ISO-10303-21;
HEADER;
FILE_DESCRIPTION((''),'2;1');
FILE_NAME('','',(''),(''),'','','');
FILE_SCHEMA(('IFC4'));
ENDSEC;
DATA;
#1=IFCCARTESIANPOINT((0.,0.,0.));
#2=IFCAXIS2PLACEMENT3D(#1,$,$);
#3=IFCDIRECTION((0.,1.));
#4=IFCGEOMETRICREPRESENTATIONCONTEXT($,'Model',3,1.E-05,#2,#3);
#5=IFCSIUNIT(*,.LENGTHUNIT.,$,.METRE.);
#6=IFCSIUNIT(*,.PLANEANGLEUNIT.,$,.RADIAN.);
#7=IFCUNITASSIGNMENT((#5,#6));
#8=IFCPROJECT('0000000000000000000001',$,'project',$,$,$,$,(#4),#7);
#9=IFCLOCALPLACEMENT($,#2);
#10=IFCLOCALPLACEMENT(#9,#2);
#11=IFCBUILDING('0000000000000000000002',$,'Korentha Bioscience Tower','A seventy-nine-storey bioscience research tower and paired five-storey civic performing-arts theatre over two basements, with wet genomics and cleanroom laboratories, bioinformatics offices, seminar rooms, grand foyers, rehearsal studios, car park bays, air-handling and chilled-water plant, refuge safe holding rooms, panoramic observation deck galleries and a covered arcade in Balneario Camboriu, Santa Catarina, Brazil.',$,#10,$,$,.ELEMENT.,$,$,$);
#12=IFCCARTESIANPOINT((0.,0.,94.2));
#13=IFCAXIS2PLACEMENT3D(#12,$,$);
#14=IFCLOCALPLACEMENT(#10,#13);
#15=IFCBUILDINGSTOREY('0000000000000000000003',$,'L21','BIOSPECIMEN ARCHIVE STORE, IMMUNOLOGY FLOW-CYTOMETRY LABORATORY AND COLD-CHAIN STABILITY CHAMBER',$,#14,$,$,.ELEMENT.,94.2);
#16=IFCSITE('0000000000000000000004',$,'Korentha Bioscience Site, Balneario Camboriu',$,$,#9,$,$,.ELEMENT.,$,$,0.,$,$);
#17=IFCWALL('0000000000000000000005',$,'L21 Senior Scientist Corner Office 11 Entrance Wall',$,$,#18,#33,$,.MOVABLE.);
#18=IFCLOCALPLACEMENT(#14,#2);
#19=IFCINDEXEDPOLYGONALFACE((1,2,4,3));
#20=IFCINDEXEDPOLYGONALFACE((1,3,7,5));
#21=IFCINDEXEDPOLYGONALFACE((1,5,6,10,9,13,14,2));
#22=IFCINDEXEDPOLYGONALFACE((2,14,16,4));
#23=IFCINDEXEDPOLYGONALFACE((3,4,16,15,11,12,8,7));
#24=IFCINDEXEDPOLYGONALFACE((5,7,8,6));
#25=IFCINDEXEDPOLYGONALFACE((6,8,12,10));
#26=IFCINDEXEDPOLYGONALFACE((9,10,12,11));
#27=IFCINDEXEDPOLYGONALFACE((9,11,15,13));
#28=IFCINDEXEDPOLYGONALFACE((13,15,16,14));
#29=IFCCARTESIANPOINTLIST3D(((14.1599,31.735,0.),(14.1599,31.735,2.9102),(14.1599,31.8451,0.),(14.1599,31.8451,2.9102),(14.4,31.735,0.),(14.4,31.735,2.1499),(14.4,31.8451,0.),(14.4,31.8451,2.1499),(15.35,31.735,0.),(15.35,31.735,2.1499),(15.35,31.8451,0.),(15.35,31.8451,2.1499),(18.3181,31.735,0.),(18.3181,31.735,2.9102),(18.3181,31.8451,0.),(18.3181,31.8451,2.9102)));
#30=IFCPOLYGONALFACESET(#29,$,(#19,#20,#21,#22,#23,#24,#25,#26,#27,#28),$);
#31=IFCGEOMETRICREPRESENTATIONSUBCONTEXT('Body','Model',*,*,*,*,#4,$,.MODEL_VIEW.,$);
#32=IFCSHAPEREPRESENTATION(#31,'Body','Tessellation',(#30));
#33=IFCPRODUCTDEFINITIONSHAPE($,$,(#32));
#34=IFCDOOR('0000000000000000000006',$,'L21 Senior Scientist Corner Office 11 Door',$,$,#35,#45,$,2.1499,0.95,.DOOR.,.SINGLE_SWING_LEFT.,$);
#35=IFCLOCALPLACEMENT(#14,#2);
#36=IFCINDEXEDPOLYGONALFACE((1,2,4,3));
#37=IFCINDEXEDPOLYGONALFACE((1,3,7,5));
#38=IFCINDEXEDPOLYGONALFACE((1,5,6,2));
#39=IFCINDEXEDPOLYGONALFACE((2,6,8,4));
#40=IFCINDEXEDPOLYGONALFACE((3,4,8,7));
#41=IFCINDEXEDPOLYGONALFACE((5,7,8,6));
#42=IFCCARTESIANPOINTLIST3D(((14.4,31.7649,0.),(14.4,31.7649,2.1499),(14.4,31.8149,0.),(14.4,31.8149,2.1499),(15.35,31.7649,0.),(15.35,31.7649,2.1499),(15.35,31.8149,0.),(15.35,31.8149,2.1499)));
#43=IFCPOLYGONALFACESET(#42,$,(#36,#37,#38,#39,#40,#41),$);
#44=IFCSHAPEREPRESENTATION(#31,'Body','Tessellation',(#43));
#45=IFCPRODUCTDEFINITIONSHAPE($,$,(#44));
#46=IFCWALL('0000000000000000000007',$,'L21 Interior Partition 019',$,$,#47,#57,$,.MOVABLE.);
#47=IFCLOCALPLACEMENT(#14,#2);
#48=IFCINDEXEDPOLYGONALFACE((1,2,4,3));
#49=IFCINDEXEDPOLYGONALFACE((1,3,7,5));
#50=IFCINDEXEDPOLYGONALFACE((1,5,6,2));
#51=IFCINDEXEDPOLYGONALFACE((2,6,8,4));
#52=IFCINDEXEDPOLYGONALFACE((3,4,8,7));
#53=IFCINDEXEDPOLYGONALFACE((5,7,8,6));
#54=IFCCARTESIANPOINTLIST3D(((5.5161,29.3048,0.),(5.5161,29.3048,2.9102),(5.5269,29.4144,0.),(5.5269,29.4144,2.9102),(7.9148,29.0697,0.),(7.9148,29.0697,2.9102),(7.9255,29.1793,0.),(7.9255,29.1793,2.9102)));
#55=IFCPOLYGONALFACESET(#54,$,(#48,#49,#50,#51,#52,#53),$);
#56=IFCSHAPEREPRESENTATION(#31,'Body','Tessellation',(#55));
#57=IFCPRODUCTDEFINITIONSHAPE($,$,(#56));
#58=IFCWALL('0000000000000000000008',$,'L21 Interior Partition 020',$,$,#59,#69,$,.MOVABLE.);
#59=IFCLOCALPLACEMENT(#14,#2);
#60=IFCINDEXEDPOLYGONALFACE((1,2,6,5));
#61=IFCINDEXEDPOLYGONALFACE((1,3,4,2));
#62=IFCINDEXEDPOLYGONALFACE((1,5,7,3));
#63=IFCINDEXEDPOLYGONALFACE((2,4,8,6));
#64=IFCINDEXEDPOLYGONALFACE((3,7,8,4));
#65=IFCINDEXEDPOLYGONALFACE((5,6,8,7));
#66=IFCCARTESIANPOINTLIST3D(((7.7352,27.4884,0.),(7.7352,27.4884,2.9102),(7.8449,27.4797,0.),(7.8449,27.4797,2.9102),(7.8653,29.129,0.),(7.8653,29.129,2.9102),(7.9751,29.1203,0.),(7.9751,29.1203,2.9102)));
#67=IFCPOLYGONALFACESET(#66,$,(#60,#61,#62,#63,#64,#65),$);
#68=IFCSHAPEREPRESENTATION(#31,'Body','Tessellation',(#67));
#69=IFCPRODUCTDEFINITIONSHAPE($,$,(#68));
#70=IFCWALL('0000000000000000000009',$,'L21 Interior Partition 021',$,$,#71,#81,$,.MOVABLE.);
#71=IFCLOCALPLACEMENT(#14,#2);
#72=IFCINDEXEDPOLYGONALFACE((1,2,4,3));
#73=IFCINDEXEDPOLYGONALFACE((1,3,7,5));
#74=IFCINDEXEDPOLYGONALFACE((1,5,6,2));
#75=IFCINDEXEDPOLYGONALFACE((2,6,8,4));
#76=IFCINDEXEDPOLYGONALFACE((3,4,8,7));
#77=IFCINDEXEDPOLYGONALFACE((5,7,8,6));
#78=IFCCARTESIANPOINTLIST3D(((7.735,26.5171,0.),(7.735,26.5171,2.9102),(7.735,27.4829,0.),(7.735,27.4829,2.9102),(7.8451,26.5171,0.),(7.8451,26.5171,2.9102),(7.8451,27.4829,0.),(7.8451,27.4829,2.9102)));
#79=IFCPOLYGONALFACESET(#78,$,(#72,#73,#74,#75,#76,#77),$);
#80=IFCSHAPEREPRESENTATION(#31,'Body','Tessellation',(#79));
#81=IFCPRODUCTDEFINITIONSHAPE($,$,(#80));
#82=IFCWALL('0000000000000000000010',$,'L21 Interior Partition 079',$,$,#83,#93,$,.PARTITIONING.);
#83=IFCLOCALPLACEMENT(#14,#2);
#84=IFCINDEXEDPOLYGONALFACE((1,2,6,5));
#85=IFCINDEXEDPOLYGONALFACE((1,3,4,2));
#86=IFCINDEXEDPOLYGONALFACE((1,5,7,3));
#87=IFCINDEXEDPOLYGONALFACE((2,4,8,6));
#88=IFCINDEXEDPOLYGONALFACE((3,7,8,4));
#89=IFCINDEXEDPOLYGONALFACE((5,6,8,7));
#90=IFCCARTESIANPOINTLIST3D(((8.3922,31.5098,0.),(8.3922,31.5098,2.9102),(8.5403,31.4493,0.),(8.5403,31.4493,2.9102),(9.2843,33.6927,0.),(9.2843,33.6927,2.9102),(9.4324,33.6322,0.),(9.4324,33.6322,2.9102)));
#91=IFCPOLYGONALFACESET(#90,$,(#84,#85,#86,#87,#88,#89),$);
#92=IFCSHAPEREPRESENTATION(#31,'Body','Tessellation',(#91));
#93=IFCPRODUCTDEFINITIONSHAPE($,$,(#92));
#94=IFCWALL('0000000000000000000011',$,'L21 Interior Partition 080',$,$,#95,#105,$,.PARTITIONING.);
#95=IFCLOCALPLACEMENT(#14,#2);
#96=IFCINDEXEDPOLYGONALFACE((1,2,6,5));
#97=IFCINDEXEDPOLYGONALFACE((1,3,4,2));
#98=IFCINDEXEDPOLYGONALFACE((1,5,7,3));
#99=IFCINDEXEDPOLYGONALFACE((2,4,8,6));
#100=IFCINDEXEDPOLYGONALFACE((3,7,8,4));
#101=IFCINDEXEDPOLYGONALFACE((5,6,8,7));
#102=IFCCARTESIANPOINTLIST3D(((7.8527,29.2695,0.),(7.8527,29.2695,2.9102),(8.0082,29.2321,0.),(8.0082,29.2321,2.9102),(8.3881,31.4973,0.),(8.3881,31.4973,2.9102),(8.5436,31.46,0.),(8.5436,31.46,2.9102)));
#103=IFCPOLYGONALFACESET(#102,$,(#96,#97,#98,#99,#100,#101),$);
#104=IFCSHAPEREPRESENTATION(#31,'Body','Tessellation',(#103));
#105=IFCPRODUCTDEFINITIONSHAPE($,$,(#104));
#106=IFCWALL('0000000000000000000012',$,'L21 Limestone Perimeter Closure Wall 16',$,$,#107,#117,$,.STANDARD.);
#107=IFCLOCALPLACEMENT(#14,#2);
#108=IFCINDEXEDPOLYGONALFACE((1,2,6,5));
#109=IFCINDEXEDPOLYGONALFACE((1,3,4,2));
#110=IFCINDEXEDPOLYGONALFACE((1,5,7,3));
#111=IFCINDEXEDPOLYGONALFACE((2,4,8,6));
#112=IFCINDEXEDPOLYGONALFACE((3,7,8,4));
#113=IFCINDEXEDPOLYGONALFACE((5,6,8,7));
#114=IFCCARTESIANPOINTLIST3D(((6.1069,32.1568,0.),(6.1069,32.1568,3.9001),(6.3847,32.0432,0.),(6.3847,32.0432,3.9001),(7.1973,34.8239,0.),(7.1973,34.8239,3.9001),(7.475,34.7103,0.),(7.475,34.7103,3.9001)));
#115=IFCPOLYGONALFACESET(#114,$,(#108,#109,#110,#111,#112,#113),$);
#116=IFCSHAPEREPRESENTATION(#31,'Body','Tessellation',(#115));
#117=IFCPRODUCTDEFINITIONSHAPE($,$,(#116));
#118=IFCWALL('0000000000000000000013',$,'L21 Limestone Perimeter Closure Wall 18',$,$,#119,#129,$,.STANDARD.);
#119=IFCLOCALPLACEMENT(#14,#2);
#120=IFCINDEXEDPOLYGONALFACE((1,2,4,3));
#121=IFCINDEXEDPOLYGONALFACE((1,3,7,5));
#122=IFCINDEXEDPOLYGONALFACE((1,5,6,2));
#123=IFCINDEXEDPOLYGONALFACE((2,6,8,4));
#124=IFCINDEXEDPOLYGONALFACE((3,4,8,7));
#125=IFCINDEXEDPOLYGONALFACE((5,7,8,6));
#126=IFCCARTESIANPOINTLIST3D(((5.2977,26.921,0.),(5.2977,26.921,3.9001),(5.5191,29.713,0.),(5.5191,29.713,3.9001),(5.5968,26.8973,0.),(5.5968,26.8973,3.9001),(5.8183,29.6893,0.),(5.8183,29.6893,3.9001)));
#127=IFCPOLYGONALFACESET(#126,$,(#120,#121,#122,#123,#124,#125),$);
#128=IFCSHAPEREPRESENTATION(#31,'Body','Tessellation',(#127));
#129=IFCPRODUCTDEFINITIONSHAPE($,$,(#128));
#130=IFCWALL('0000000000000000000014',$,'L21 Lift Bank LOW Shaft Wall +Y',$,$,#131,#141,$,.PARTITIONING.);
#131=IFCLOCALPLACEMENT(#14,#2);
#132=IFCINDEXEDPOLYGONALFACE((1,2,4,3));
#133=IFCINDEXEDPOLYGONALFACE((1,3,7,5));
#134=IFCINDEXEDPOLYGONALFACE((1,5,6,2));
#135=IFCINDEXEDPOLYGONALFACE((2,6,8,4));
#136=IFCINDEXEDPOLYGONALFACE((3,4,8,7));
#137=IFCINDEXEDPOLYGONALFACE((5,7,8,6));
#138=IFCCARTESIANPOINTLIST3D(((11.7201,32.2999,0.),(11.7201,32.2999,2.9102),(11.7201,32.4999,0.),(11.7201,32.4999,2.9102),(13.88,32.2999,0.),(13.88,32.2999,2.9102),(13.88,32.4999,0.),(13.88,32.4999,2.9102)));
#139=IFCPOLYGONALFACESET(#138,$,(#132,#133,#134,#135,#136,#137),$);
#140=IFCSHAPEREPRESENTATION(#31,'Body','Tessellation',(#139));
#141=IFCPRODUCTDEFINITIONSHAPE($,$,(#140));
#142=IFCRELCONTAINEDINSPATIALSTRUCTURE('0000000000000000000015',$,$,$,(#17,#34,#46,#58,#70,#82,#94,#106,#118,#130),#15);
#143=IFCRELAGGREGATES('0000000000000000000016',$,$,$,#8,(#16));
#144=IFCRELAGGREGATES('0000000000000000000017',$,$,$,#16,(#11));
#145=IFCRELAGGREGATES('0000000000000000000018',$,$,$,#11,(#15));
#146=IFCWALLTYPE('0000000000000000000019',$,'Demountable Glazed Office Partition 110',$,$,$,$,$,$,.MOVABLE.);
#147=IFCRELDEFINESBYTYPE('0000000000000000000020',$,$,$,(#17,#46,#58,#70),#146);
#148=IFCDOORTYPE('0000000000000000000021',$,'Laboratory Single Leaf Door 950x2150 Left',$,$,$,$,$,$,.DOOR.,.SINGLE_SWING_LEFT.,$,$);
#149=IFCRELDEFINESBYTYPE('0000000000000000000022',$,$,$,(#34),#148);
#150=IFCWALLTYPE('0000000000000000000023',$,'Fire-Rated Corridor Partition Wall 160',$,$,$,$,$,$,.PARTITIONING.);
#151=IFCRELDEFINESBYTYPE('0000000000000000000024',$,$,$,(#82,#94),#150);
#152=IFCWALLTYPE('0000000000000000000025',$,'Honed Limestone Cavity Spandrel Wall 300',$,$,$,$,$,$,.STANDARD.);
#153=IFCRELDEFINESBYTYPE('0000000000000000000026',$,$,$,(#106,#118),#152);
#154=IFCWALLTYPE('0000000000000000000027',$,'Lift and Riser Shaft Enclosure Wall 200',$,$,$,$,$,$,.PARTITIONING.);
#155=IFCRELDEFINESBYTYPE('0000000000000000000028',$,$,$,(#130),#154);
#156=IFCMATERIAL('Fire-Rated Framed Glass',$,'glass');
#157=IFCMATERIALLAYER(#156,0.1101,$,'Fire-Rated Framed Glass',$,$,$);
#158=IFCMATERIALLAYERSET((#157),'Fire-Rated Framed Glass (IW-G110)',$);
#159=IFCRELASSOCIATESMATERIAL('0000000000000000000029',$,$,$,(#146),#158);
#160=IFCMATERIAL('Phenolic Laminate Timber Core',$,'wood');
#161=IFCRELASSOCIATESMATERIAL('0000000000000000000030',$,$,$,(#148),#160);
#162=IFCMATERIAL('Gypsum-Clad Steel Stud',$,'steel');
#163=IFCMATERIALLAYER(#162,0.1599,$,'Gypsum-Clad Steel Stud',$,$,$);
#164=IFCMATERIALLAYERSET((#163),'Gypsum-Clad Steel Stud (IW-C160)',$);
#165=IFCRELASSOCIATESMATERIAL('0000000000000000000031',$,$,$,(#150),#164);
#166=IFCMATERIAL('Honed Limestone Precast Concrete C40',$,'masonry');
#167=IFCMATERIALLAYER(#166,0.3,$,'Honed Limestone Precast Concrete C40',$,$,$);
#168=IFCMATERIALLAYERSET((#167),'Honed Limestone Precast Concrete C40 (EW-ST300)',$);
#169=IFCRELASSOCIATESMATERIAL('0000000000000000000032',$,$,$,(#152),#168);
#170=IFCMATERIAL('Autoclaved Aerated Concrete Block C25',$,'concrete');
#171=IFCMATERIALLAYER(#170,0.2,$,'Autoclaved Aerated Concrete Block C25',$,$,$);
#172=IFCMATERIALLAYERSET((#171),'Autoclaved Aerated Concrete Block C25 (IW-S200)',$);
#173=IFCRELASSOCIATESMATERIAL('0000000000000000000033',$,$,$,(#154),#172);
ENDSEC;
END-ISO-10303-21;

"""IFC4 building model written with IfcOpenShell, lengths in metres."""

from ifc_helpers import new_model, si_unit, direction, frame, frame_2d, origin, place, context, subcontext, project, spatial, rectangle, extrude, material, layer, layer_set, type_object, element, fill, save


model = new_model("IFC4")

# Units and contexts
model_context = context("Model", 3, precision=1e-05, world=origin(), true_north=direction((0.0, 1.0)))
body_context = subcontext(model_context, "Body", "Model", "MODEL_VIEW")
ifc_project = project(units=[si_unit("LENGTHUNIT", "METRE"), si_unit("PLANEANGLEUNIT", "RADIAN")], contexts=[model_context])

# Site, building, storey
site_placement = place(None, origin())
site = spatial("IfcSite", under=ifc_project, at=site_placement, Name="Korentha Bioscience Site, Balneario Camboriu", CompositionType="ELEMENT", RefElevation=0.0)
building_placement = place(site_placement, origin())
building = spatial("IfcBuilding", under=site, at=building_placement, Name="Korentha Bioscience Tower", Description="A seventy-nine-storey bioscience research tower and paired five-storey civic performing-arts theatre over two basements, with wet genomics and cleanroom laboratories, bioinformatics offices, seminar rooms, grand foyers, rehearsal studios, car park bays, air-handling and chilled-water plant, refuge safe holding rooms, panoramic observation deck galleries and a covered arcade in Balneario Camboriu, Santa Catarina, Brazil.", CompositionType="ELEMENT")
storey_placement = place(building_placement, frame((0.0, 0.0, 94.2)))
storey = spatial("IfcBuildingStorey", under=building, at=storey_placement, Name="L21", Description="BIOSPECIMEN ARCHIVE STORE, IMMUNOLOGY FLOW-CYTOMETRY LABORATORY AND COLD-CHAIN STABILITY CHAMBER", CompositionType="ELEMENT", Elevation=94.2)

# Wall, opening, door
ifc_material_1 = material(Name="Fire-Rated Framed Glass", Category="glass")
ifc_layer_1 = layer(ifc_material_1, 0.1101, Name="Fire-Rated Framed Glass")
ifc_layer_set_1 = layer_set([ifc_layer_1], Name="Fire-Rated Framed Glass (IW-G110)")
wall_type_1 = type_object("IfcWallType", Name="Demountable Glazed Office Partition 110", PredefinedType="MOVABLE", material=ifc_layer_set_1)
wall_1_placement = place(storey_placement, frame((14.1599, 31.79, 0.0), z_axis=(0.0, 0.0, 1.0), x_axis=(1.0, 0.0, 0.0)))
wall_1 = element("IfcWall", 1, at=wall_1_placement, inside=storey, type_object=wall_type_1, Name="L21 Senior Scientist Corner Office 11 Entrance Wall", PredefinedType="MOVABLE", context=body_context, shape_type="SweptSolid", body=[
    extrude(rectangle(XDim=4.1582, YDim=0.1101, at=frame_2d((2.0791, 0.0))), origin(), (0.0, 0.0, 1.0), 2.9102),
])
opening_1_placement = place(wall_1_placement, frame((0.24, 0.0, 0.0)))
opening_1 = element("IfcOpeningElement", 2, at=opening_1_placement, cuts=wall_1, PredefinedType="OPENING", context=body_context, shape_type="SweptSolid", body=[
    extrude(rectangle(XDim=0.95, YDim=2.1499, at=frame_2d((0.4751, 1.075))), frame((0.0, 0.0698, 0.0), z_axis=(0.0, -1.0, 0.0), x_axis=(1.0, 0.0, 0.0)), (0.0, 0.0, 1.0), 0.1399),
])
ifc_material_2 = material(Name="Phenolic Laminate Timber Core", Category="wood")
door_type_1 = type_object("IfcDoorType", Name="Laboratory Single Leaf Door 950x2150 Left", OperationType="SINGLE_SWING_LEFT", PredefinedType="DOOR", material=ifc_material_2)
door_1_placement = place(opening_1_placement, origin())
door_1 = element("IfcDoor", 3, at=door_1_placement, inside=storey, type_object=door_type_1, Name="L21 Senior Scientist Corner Office 11 Door", OperationType="SINGLE_SWING_LEFT", OverallHeight=2.1499, OverallWidth=0.95, PredefinedType="DOOR", context=body_context, shape_type="SweptSolid", body=[
    extrude(rectangle(XDim=0.95, YDim=2.1499, at=frame_2d((0.4751, 1.075))), frame((0.0, 0.0249, 0.0), z_axis=(0.0, -1.0, 0.0), x_axis=(1.0, 0.0, 0.0)), (0.0, 0.0, 1.0), 0.05),
])
fill(opening_1, door_1)

# Walls
wall_2_placement = place(storey_placement, frame((5.5215, 29.3596, 0.0), z_axis=(0.0, 0.0, 1.0), x_axis=(0.995231, -0.097548, 0.0)))
element("IfcWall", 4, at=wall_2_placement, inside=storey, type_object=wall_type_1, Name="L21 Interior Partition 019", PredefinedType="MOVABLE", context=body_context, shape_type="SweptSolid", body=[
    extrude(rectangle(XDim=2.4102, YDim=0.1101, at=frame_2d((1.2051, 0.0))), origin(), (0.0, 0.0, 1.0), 2.9102),
])
wall_3_placement = place(storey_placement, frame((7.9202, 29.1245, 0.0), z_axis=(0.0, 0.0, 1.0), x_axis=(-0.079067, -0.996869, 0.0)))
element("IfcWall", 5, at=wall_3_placement, inside=storey, type_object=wall_type_1, Name="L21 Interior Partition 020", PredefinedType="MOVABLE", context=body_context, shape_type="SweptSolid", body=[
    extrude(rectangle(XDim=1.6458, YDim=0.1101, at=frame_2d((0.8228, 0.0))), origin(), (0.0, 0.0, 1.0), 2.9102),
])
wall_4_placement = place(storey_placement, frame((7.79, 27.4829, 0.0), z_axis=(0.0, 0.0, 1.0), x_axis=(0.0, -1.0, 0.0)))
element("IfcWall", 6, at=wall_4_placement, inside=storey, type_object=wall_type_1, Name="L21 Interior Partition 021", PredefinedType="MOVABLE", context=body_context, shape_type="SweptSolid", body=[
    extrude(rectangle(XDim=0.9658, YDim=0.1101, at=frame_2d((0.4829, 0.0))), origin(), (0.0, 0.0, 1.0), 2.9102),
])
ifc_material_3 = material(Name="Gypsum-Clad Steel Stud", Category="steel")
ifc_layer_2 = layer(ifc_material_3, 0.1599, Name="Gypsum-Clad Steel Stud")
ifc_layer_set_2 = layer_set([ifc_layer_2], Name="Gypsum-Clad Steel Stud (IW-C160)")
wall_type_2 = type_object("IfcWallType", Name="Fire-Rated Corridor Partition Wall 160", PredefinedType="PARTITIONING", material=ifc_layer_set_2)
wall_5_placement = place(storey_placement, frame((9.3584, 33.6626, 0.0), z_axis=(0.0, 0.0, 1.0), x_axis=(-0.378306, -0.92568, 0.0)))
element("IfcWall", 7, at=wall_5_placement, inside=storey, type_object=wall_type_2, Name="L21 Interior Partition 079", PredefinedType="PARTITIONING", context=body_context, shape_type="SweptSolid", body=[
    extrude(rectangle(XDim=2.3582, YDim=0.1599, at=frame_2d((1.1792, 0.0))), origin(), (0.0, 0.0, 1.0), 2.9102),
])
wall_6_placement = place(storey_placement, frame((8.4658, 31.4785, 0.0), z_axis=(0.0, 0.0, 1.0), x_axis=(-0.233675, -0.972315, 0.0)))
element("IfcWall", 8, at=wall_6_placement, inside=storey, type_object=wall_type_2, Name="L21 Interior Partition 080", PredefinedType="PARTITIONING", context=body_context, shape_type="SweptSolid", body=[
    extrude(rectangle(XDim=2.2913, YDim=0.1599, at=frame_2d((1.1455, 0.0))), origin(), (0.0, 0.0, 1.0), 2.9102),
])

# Shared definitions
ifc_material_4 = material(Name="Honed Limestone Precast Concrete C40", Category="masonry")
ifc_layer_3 = layer(ifc_material_4, 0.3, Name="Honed Limestone Precast Concrete C40")
ifc_layer_set_3 = layer_set([ifc_layer_3], Name="Honed Limestone Precast Concrete C40 (EW-ST300)")
wall_type_3 = type_object("IfcWallType", Name="Honed Limestone Cavity Spandrel Wall 300", PredefinedType="STANDARD", material=ifc_layer_set_3)

# Walls
wall_7_placement = place(storey_placement, frame((7.3362, 34.7671, 0.0), z_axis=(0.0, 0.0, 1.0), x_axis=(-0.378422, -0.925633, 0.0)))
element("IfcWall", 9, at=wall_7_placement, inside=storey, type_object=wall_type_3, Name="L21 Limestone Perimeter Closure Wall 16", PredefinedType="STANDARD", context=body_context, shape_type="SweptSolid", body=[
    extrude(rectangle(XDim=2.8813, YDim=0.3, at=frame_2d((1.4407, 0.0))), origin(), (0.0, 0.0, 1.0), 3.9001),
])
wall_8_placement = place(storey_placement, frame((5.6687, 29.7012, 0.0), z_axis=(0.0, 0.0, 1.0), x_axis=(-0.079063, -0.99687, 0.0)))
element("IfcWall", 10, at=wall_8_placement, inside=storey, type_object=wall_type_3, Name="L21 Limestone Perimeter Closure Wall 18", PredefinedType="STANDARD", context=body_context, shape_type="SweptSolid", body=[
    extrude(rectangle(XDim=2.8008, YDim=0.3, at=frame_2d((1.4004, 0.0))), origin(), (0.0, 0.0, 1.0), 3.9001),
])
ifc_material_5 = material(Name="Autoclaved Aerated Concrete Block C25", Category="concrete")
ifc_layer_4 = layer(ifc_material_5, 0.2, Name="Autoclaved Aerated Concrete Block C25")
ifc_layer_set_4 = layer_set([ifc_layer_4], Name="Autoclaved Aerated Concrete Block C25 (IW-S200)")
wall_type_4 = type_object("IfcWallType", Name="Lift and Riser Shaft Enclosure Wall 200", PredefinedType="PARTITIONING", material=ifc_layer_set_4)
wall_9_placement = place(storey_placement, frame((11.72, 32.3999, 0.0), z_axis=(0.0, 0.0, 1.0), x_axis=(1.0, 0.0, 0.0)))
element("IfcWall", 11, at=wall_9_placement, inside=storey, type_object=wall_type_4, Name="L21 Lift Bank LOW Shaft Wall +Y", PredefinedType="PARTITIONING", context=body_context, shape_type="SweptSolid", body=[
    extrude(rectangle(XDim=2.1599, YDim=0.2, at=frame_2d((1.0801, 0.0))), origin(), (0.0, 0.0, 1.0), 2.9102),
])

save(model, "model.ifc")
